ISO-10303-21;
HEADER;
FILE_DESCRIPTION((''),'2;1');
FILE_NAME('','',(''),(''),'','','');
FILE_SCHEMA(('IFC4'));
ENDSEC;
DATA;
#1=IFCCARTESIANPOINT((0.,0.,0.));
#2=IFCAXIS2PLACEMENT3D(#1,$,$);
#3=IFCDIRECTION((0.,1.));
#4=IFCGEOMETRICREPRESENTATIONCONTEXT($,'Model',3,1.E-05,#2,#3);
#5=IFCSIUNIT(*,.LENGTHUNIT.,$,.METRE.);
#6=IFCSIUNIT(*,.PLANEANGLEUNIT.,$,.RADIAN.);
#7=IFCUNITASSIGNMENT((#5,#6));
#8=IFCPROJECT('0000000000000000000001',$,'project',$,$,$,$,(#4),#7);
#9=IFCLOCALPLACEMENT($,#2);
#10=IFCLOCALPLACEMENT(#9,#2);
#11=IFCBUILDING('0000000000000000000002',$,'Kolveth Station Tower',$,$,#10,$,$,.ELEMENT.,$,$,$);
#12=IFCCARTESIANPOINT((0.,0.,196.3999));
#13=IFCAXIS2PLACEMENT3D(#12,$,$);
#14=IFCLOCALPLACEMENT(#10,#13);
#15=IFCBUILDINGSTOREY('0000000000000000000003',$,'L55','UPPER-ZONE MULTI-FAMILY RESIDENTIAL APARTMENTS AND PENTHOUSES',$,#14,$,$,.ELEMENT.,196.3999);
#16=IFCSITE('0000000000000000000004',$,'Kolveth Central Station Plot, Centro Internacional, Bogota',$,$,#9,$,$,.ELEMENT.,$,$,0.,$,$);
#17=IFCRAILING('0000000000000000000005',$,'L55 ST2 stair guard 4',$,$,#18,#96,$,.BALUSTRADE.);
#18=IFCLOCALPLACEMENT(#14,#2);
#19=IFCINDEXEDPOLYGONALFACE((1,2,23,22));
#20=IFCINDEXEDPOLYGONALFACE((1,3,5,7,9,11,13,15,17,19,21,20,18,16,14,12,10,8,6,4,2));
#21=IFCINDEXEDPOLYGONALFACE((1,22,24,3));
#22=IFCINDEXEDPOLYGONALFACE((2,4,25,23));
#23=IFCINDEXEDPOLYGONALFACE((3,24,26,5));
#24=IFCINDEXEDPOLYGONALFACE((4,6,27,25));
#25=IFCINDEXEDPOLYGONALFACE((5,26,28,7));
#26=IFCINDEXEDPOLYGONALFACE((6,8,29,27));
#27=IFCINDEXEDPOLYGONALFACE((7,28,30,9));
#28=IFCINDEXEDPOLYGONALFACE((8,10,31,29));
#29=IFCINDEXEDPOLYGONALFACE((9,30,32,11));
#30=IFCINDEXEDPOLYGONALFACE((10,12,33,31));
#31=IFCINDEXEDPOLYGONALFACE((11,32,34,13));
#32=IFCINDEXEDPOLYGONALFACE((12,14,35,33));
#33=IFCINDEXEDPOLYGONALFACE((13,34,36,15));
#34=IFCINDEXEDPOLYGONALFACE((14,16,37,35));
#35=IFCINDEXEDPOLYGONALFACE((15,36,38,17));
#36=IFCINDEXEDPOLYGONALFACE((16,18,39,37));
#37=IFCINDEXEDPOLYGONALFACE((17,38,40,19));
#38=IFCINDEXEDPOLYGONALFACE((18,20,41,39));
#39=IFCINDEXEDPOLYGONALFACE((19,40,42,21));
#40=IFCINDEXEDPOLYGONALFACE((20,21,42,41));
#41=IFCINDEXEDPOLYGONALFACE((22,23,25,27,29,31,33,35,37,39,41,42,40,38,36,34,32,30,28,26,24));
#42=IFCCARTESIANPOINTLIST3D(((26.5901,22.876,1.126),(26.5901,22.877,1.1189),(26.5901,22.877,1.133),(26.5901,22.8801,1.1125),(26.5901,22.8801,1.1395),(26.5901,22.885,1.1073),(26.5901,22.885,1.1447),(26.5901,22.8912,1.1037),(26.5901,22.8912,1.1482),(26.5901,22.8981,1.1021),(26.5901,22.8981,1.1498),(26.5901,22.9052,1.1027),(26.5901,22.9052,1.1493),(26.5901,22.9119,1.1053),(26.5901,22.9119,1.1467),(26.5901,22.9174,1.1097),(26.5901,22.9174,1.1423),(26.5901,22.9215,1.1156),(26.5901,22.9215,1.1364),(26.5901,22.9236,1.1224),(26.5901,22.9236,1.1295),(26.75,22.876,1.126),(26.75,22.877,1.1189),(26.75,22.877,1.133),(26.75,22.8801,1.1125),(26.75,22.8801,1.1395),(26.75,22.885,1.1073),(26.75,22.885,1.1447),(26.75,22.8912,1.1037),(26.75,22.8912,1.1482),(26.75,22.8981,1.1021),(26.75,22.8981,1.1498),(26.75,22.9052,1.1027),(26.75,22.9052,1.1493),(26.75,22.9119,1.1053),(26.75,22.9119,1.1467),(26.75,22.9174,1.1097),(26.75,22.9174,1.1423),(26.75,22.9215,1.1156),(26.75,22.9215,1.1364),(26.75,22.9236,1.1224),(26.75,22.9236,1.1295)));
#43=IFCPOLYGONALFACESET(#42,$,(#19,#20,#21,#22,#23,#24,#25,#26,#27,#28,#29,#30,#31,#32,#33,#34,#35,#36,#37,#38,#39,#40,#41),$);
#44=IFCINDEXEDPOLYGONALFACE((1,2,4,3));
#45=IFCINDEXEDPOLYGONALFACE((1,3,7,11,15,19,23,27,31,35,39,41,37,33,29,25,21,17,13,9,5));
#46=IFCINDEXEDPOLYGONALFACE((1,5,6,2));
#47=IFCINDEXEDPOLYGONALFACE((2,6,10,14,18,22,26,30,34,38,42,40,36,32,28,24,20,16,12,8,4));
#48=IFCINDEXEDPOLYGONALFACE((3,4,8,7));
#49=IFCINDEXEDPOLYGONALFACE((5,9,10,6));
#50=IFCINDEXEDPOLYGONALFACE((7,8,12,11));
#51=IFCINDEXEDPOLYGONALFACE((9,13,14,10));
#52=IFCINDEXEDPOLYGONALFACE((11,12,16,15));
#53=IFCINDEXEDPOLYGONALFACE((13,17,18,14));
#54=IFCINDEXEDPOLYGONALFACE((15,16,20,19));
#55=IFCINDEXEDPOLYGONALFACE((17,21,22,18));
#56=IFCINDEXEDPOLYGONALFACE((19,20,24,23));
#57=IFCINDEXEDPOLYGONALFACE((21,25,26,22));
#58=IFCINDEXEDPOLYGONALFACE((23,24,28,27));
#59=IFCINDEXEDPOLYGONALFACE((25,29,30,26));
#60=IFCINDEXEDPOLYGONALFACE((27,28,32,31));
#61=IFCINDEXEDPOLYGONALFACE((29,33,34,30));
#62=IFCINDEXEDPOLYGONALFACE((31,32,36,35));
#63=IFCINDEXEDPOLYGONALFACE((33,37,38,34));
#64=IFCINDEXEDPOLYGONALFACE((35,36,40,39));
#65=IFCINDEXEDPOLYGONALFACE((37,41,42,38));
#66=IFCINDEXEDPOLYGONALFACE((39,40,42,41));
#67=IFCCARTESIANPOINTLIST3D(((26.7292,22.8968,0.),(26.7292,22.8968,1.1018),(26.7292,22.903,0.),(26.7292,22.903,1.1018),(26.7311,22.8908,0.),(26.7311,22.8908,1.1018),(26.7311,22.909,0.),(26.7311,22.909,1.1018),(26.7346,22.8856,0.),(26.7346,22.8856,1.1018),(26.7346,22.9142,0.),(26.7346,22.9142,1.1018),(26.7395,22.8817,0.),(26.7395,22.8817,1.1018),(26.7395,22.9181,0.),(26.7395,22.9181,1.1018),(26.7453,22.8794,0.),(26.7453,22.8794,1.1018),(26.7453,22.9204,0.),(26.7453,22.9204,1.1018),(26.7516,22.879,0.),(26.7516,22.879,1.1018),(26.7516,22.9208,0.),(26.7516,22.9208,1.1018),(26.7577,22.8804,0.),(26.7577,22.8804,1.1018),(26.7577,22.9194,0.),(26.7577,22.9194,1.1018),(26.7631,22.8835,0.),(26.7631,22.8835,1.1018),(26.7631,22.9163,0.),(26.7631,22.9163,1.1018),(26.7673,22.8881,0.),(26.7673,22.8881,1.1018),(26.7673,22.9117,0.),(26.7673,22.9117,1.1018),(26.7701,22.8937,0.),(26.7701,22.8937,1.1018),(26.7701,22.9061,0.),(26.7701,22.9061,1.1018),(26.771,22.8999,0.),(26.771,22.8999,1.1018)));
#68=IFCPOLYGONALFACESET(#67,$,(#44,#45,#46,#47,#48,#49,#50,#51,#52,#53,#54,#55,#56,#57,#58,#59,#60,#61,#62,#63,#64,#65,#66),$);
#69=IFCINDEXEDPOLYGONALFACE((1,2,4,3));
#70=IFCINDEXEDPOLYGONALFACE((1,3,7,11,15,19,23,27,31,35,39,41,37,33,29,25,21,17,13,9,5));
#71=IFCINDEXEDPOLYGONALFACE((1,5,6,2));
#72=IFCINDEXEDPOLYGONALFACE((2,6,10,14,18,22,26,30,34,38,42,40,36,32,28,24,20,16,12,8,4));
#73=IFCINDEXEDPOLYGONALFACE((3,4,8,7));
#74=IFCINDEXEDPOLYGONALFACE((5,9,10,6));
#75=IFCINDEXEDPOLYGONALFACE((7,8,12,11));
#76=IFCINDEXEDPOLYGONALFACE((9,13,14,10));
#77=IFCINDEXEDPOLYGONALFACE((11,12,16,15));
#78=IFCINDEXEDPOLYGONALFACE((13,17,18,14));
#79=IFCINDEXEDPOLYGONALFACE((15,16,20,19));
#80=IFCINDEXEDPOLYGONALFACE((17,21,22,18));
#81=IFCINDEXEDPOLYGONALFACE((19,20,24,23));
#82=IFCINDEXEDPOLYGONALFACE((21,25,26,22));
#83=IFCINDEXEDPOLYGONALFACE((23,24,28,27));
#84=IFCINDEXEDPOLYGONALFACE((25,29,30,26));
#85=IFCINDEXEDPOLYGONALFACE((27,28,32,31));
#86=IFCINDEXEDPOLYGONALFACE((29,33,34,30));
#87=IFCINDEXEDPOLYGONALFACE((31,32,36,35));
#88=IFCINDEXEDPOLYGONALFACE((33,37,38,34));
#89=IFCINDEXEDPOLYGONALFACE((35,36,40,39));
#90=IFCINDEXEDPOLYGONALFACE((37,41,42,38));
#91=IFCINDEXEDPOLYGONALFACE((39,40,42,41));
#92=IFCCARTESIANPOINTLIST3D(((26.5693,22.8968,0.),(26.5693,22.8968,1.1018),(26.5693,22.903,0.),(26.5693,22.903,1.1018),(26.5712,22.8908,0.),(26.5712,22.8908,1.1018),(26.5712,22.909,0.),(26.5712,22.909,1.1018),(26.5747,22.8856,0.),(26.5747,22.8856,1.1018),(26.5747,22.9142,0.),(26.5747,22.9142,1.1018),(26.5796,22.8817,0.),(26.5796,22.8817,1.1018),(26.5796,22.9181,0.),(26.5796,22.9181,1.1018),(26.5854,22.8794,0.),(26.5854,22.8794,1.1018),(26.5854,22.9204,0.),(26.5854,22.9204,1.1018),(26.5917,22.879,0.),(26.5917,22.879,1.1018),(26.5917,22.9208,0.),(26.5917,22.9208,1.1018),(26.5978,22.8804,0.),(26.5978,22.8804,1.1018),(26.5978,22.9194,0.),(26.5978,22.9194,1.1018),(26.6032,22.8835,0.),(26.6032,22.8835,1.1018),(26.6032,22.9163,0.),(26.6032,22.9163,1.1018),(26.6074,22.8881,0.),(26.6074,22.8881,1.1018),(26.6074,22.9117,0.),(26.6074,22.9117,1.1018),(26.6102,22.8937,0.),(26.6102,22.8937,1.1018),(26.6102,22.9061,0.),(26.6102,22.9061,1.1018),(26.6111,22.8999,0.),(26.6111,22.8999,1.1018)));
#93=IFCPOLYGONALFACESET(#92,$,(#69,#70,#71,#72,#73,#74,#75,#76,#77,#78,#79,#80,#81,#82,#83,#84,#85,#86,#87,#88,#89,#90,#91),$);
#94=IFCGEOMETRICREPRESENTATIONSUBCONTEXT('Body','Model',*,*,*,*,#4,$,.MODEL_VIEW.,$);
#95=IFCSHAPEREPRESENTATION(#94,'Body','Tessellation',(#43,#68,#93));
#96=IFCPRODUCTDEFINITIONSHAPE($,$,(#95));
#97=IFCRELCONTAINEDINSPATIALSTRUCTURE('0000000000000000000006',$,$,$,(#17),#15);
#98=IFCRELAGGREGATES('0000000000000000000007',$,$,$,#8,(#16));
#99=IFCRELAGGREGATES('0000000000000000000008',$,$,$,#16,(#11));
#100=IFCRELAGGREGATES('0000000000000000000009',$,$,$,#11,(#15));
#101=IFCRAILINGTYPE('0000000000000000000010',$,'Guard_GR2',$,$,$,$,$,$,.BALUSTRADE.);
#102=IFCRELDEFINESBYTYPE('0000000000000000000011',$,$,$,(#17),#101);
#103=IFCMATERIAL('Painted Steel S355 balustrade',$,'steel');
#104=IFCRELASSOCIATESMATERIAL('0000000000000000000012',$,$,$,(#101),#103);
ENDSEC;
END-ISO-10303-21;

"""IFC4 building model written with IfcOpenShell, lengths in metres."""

from ifc_helpers import new_model, si_unit, direction, frame, origin, origin_2d, place, context, subcontext, project, spatial, circle, extrude, material, type_object, element, save


model = new_model("IFC4")

# Units and contexts
model_context = context("Model", 3, precision=1e-05, world=origin(), true_north=direction((0.0, 1.0)))
body_context = subcontext(model_context, "Body", "Model", "MODEL_VIEW")
ifc_project = project(units=[si_unit("LENGTHUNIT", "METRE"), si_unit("PLANEANGLEUNIT", "RADIAN")], contexts=[model_context])

# Site, building, storey
site_placement = place(None, origin())
site = spatial("IfcSite", under=ifc_project, at=site_placement, Name="Kolveth Central Station Plot, Centro Internacional, Bogota", CompositionType="ELEMENT", RefElevation=0.0)
building_placement = place(site_placement, origin())
building = spatial("IfcBuilding", under=site, at=building_placement, Name="Kolveth Station Tower", CompositionType="ELEMENT")
storey_placement = place(building_placement, frame((0.0, 0.0, 196.3999)))
storey = spatial("IfcBuildingStorey", under=building, at=storey_placement, Name="L55", Description="UPPER-ZONE MULTI-FAMILY RESIDENTIAL APARTMENTS AND PENTHOUSES", CompositionType="ELEMENT", Elevation=196.3999)

# Railing
ifc_material_1 = material(Name="Painted Steel S355 balustrade", Category="steel")
railing_type_1 = type_object("IfcRailingType", Name="Guard_GR2", PredefinedType="BALUSTRADE", material=ifc_material_1)
railing_1_placement = place(storey_placement, frame((26.75, 22.8999, 0.0)))
element("IfcRailing", 1, at=railing_1_placement, inside=storey, type_object=railing_type_1, Name="L55 ST2 stair guard 4", PredefinedType="BALUSTRADE", context=body_context, shape_type="SweptSolid", body=[
    extrude(circle(Radius=0.0239, at=origin_2d()), frame((0.0, 0.0, 1.126), z_axis=(-1.0, 0.0, 0.0), x_axis=(0.0, -1.0, 0.0)), (0.0, 0.0, 1.0), 0.1599),
    extrude(circle(Radius=0.021, at=origin_2d()), origin(), (0.0, 0.0, 1.0), 1.1018),
    extrude(circle(Radius=0.021, at=origin_2d()), frame((-0.1599, 0.0, 0.0)), (0.0, 0.0, 1.0), 1.1018),
])

save(model, "model.ifc")
